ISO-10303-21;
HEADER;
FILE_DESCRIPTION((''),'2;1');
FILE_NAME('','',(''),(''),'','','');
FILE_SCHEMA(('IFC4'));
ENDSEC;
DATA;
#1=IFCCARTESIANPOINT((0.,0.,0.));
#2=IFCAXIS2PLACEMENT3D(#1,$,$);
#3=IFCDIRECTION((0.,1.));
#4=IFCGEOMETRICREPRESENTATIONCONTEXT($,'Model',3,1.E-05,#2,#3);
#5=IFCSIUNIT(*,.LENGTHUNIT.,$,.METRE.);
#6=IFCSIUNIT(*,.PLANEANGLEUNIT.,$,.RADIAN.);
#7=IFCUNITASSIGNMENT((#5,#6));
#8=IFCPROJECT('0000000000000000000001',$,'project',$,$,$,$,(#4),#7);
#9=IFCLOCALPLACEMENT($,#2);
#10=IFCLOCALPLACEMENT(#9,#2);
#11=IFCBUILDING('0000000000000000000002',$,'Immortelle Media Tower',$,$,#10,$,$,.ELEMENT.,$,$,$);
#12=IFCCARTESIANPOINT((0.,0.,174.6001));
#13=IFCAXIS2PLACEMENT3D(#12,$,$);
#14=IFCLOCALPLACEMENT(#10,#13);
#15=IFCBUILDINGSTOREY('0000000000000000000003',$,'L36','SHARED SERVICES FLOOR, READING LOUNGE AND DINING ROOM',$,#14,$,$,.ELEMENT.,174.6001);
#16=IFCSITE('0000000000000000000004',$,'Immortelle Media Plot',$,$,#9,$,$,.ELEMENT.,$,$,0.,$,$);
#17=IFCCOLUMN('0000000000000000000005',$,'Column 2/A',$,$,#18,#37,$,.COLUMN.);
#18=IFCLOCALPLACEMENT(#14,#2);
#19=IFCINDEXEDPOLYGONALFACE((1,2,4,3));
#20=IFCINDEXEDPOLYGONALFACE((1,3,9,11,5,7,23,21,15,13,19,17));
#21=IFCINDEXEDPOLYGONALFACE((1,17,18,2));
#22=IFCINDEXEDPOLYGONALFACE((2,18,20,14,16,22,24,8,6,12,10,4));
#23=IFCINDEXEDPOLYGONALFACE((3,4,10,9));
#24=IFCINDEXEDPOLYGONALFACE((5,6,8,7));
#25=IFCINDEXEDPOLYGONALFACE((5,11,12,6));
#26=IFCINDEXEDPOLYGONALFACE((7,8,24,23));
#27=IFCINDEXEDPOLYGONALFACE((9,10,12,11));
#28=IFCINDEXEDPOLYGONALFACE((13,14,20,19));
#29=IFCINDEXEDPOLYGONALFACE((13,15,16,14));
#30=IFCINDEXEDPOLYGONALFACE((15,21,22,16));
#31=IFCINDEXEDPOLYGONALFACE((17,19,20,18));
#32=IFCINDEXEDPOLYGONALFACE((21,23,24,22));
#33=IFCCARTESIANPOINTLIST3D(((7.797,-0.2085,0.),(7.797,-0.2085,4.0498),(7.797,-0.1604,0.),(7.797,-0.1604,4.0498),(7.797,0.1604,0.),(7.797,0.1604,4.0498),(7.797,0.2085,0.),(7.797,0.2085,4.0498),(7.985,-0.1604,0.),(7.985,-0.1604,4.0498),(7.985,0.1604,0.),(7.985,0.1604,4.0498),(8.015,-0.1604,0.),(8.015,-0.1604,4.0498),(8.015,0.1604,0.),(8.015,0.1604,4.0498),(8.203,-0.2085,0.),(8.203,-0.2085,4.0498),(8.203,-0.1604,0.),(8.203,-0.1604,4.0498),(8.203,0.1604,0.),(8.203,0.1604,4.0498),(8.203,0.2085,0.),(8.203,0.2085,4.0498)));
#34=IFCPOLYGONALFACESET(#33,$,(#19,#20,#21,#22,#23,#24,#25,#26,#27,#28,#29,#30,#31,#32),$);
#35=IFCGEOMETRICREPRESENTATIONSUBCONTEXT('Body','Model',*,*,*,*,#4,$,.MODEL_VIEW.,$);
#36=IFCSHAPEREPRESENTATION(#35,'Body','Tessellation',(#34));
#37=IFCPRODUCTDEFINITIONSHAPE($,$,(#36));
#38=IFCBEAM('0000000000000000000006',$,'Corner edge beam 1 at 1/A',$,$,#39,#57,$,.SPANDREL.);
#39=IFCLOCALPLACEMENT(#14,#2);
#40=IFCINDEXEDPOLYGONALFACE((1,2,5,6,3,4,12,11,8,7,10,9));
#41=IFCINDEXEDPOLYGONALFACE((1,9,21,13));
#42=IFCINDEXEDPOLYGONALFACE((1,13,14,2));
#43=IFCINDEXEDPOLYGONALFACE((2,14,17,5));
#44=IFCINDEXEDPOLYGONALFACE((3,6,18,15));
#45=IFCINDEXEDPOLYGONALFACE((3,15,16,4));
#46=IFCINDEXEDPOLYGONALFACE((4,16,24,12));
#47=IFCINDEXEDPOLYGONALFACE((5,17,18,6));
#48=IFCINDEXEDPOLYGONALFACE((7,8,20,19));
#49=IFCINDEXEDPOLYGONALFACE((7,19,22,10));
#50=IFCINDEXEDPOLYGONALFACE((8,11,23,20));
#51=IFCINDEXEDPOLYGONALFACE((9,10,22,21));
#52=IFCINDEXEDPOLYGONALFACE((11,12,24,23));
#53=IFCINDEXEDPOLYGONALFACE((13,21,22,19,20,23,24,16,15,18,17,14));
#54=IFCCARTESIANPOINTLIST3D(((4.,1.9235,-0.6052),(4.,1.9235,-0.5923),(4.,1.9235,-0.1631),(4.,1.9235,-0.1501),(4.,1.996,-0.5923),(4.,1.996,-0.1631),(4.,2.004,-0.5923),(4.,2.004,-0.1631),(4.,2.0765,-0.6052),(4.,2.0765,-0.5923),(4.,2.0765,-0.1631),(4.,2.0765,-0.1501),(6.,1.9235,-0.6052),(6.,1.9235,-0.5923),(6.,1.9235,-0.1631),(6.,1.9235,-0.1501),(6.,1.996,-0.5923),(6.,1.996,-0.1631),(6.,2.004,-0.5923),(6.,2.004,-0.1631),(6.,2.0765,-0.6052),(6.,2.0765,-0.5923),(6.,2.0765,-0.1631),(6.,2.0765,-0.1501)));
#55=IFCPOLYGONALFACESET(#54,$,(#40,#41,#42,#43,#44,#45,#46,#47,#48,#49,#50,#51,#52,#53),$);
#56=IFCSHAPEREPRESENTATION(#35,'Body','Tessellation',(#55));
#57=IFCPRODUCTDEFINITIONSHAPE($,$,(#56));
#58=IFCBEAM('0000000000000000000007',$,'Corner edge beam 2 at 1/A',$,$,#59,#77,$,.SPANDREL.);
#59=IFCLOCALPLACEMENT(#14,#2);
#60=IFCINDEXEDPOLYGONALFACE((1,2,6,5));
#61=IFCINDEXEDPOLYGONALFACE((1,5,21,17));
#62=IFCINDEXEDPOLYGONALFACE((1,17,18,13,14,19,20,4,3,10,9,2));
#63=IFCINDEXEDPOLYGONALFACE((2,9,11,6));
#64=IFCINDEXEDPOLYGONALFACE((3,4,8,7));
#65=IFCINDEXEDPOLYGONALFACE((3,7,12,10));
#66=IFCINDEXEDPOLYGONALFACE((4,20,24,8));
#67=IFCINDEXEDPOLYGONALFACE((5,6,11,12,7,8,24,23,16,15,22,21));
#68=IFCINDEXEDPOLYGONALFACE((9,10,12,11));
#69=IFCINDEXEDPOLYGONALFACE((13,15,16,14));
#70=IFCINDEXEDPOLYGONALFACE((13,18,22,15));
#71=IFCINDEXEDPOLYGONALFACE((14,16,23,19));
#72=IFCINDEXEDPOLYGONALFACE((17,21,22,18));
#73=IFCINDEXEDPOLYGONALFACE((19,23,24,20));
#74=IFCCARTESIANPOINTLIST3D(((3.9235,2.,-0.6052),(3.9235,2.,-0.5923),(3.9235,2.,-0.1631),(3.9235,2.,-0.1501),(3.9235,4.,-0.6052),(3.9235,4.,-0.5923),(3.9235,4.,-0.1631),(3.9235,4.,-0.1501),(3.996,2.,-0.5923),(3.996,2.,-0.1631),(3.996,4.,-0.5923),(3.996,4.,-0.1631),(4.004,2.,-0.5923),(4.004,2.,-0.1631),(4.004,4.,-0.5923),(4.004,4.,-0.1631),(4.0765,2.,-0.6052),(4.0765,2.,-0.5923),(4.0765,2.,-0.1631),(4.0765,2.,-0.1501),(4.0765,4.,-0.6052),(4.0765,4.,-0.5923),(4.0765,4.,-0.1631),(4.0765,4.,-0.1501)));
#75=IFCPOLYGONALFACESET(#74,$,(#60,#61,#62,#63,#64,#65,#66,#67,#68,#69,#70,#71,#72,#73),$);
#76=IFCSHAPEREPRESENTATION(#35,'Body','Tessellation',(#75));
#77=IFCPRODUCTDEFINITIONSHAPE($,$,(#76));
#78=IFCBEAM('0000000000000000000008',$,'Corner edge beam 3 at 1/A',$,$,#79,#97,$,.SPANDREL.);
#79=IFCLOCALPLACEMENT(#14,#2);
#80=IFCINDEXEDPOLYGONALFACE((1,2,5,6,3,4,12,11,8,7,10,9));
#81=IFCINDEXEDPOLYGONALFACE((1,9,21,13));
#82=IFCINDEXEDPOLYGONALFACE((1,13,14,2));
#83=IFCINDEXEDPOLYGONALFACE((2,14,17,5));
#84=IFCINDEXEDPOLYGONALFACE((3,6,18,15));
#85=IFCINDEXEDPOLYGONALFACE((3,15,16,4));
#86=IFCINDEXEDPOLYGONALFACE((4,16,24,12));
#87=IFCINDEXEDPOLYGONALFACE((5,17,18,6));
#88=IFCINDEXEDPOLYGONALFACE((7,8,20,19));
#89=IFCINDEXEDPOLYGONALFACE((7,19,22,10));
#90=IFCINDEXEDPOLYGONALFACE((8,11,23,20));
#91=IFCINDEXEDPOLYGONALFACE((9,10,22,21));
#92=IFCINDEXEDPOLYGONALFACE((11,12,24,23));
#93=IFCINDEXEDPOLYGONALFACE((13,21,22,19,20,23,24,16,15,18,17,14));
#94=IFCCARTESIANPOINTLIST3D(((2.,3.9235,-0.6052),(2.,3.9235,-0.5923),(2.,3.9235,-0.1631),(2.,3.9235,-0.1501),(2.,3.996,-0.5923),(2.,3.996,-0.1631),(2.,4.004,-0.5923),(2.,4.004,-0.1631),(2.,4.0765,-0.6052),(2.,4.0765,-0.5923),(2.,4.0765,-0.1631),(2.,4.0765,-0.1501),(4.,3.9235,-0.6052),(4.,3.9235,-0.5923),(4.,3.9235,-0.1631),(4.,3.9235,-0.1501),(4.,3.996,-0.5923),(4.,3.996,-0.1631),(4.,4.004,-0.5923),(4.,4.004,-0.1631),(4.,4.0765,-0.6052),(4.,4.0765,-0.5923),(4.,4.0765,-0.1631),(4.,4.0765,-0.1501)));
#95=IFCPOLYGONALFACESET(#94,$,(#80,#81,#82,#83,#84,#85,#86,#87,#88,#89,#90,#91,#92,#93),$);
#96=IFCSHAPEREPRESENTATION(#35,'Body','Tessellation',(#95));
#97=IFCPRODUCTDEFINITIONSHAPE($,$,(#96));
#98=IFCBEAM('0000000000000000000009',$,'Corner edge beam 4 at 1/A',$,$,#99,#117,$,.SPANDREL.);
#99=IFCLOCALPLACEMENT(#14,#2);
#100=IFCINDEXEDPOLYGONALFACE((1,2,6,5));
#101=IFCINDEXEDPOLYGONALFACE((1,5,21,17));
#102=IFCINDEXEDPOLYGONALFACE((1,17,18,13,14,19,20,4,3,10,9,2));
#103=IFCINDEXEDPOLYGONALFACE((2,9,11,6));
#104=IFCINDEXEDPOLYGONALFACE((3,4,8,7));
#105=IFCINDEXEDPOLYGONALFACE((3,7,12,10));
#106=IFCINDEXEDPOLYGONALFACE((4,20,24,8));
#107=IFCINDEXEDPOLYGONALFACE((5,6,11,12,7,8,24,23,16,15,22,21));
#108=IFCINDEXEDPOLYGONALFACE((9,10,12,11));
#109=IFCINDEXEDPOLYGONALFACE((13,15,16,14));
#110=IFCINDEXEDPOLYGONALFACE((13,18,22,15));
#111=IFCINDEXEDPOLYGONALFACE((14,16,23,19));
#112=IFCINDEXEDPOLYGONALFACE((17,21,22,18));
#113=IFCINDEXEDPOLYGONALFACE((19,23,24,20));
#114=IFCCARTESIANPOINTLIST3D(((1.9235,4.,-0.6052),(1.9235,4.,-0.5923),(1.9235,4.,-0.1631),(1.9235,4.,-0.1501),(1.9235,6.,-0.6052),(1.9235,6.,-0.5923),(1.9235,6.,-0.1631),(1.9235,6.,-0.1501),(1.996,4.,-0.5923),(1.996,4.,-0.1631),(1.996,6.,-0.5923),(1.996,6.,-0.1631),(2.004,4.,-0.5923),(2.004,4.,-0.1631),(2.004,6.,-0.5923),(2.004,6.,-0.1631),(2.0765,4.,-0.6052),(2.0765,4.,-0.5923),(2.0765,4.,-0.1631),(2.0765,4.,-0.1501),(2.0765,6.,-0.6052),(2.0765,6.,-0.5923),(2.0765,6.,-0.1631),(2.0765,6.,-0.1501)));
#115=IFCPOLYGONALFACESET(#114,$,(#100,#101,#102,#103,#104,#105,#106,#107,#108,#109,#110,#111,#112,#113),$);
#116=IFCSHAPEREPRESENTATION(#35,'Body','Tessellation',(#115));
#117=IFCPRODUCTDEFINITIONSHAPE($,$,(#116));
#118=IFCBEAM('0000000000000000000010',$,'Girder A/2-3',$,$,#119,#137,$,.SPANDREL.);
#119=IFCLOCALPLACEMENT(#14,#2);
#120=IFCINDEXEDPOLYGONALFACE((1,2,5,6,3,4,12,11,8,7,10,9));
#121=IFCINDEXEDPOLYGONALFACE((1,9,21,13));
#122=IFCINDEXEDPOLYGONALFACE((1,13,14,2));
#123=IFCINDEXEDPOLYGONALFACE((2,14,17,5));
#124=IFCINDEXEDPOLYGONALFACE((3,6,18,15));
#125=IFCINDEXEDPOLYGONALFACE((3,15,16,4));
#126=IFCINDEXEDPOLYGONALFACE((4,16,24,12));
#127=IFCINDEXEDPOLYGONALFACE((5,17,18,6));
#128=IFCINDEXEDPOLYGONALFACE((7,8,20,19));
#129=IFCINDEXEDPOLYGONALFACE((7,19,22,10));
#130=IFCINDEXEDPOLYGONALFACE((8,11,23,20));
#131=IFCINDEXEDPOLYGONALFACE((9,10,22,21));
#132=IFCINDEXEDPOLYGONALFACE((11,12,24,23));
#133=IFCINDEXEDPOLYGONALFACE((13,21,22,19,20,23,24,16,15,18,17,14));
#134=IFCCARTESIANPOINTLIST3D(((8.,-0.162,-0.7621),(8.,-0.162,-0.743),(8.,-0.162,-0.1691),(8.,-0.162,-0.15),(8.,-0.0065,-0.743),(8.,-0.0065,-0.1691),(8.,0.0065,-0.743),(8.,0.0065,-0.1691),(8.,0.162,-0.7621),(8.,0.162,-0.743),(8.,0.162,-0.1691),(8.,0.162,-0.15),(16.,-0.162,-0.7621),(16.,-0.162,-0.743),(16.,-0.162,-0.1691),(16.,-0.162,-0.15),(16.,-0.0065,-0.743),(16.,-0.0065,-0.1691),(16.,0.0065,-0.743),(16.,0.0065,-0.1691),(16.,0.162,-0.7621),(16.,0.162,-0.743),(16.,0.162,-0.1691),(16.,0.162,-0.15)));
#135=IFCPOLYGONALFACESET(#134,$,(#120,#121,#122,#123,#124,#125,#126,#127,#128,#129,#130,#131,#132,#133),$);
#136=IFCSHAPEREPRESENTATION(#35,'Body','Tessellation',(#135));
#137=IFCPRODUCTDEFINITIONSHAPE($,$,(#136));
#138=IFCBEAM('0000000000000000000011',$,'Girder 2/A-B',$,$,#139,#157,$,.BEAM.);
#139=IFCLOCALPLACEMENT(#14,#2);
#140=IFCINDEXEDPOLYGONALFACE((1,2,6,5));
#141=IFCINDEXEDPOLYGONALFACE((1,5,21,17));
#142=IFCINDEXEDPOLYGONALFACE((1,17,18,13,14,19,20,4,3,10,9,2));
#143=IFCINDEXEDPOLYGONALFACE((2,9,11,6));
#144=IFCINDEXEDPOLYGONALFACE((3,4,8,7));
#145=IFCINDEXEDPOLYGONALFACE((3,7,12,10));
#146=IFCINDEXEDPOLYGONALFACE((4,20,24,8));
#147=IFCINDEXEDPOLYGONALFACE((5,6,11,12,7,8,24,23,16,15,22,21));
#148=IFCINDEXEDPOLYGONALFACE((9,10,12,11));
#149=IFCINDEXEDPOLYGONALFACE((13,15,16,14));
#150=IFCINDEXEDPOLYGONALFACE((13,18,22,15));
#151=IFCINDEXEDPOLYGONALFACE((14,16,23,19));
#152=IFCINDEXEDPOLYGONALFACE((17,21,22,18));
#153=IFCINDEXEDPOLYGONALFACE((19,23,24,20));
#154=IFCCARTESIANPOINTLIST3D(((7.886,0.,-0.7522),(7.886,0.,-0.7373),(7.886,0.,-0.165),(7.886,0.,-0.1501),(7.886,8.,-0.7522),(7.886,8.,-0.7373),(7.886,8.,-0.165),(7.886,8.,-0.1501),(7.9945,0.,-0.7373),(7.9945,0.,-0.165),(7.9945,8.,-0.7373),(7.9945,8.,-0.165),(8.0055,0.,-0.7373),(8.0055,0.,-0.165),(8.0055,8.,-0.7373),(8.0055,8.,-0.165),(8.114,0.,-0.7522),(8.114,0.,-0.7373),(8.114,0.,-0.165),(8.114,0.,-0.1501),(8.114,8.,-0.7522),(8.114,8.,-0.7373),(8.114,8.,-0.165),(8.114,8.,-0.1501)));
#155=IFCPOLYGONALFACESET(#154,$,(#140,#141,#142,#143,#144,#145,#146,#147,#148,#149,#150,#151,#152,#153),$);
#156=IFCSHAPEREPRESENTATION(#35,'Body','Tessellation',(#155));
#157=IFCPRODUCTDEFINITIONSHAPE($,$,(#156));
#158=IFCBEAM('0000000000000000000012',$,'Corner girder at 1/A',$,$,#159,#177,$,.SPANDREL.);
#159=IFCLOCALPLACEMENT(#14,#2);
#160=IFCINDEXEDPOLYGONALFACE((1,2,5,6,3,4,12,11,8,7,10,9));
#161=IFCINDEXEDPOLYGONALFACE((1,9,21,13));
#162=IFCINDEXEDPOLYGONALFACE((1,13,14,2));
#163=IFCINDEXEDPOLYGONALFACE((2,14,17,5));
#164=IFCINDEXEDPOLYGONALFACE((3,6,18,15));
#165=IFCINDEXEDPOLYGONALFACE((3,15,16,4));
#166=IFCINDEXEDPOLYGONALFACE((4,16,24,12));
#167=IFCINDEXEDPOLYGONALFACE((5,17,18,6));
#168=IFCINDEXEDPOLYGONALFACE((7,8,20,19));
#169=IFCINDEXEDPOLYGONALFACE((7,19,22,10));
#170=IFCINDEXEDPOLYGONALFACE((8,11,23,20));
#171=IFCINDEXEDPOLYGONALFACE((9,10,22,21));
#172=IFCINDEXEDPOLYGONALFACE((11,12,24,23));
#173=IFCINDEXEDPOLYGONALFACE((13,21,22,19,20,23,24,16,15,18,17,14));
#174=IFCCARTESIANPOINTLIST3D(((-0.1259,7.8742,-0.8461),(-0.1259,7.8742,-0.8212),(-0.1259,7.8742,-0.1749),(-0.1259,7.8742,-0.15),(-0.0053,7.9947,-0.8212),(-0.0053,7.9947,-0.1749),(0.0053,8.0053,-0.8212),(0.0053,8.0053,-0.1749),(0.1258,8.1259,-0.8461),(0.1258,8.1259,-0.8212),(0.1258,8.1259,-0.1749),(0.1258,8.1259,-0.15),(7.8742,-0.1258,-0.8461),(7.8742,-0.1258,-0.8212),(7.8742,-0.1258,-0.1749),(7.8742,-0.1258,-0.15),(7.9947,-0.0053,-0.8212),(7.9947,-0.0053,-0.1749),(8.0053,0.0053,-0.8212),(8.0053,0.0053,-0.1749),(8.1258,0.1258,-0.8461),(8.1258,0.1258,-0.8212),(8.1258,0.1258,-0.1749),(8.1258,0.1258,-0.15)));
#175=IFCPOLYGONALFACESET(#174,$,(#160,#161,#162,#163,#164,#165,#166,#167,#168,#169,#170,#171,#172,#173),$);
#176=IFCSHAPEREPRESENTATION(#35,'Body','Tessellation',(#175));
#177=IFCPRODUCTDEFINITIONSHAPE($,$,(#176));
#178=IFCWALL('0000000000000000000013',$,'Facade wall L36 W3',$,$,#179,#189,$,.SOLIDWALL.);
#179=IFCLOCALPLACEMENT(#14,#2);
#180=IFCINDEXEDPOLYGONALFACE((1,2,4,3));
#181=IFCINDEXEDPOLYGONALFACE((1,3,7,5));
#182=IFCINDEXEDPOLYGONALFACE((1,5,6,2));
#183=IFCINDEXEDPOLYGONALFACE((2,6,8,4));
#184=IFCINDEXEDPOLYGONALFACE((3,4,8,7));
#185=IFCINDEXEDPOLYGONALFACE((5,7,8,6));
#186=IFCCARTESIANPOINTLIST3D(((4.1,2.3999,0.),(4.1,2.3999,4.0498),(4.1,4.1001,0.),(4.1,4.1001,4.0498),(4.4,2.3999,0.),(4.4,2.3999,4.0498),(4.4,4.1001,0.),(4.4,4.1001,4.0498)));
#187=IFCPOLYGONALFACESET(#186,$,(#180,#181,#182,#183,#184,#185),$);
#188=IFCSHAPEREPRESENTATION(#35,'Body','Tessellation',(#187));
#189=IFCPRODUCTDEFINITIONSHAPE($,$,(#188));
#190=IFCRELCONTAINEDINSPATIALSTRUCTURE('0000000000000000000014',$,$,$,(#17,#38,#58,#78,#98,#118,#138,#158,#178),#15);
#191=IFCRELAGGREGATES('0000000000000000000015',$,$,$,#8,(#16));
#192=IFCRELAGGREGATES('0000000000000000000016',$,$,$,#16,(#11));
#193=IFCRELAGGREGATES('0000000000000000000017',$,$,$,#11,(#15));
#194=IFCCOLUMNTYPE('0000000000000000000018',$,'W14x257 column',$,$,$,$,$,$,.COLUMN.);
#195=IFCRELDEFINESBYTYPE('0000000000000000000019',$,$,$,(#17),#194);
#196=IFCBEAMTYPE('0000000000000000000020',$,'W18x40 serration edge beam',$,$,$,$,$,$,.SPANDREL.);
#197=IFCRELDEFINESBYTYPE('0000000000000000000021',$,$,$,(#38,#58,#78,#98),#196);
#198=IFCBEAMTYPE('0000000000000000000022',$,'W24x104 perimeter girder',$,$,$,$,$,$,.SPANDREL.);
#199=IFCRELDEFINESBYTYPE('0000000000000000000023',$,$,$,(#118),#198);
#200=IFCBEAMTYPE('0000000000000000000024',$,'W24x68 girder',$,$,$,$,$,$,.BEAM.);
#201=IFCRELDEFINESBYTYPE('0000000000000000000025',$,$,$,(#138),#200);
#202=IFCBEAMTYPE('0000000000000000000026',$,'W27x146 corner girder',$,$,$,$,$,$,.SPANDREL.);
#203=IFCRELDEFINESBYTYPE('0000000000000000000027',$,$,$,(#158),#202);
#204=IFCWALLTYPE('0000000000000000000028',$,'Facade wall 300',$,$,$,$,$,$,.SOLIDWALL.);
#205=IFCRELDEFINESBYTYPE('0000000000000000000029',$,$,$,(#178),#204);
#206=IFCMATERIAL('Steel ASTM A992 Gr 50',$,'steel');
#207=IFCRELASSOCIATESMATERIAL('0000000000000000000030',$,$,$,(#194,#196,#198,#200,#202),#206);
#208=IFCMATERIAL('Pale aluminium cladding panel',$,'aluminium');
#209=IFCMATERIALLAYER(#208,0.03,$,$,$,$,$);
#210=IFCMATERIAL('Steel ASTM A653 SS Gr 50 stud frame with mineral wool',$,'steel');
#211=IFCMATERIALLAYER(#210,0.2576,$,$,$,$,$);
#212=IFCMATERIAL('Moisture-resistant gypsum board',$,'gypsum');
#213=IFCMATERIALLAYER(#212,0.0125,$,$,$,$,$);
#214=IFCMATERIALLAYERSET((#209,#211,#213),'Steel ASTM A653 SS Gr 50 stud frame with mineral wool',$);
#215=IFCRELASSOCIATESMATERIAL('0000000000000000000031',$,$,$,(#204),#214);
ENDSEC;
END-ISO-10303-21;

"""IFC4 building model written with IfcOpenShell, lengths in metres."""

from ifc_helpers import new_model, si_unit, direction, frame, frame_2d, origin, origin_2d, place, context, subcontext, project, spatial, rectangle, i_section, extrude, material, layer, layer_set, material_profile, profile_set, type_object, element, save


model = new_model("IFC4")

# Units and contexts
model_context = context("Model", 3, precision=1e-05, world=origin(), true_north=direction((0.0, 1.0)))
body_context = subcontext(model_context, "Body", "Model", "MODEL_VIEW")
ifc_project = project(units=[si_unit("LENGTHUNIT", "METRE"), si_unit("PLANEANGLEUNIT", "RADIAN")], contexts=[model_context])

# Site, building, storey
site_placement = place(None, origin())
site = spatial("IfcSite", under=ifc_project, at=site_placement, Name="Immortelle Media Plot", CompositionType="ELEMENT", RefElevation=0.0)
building_placement = place(site_placement, origin())
building = spatial("IfcBuilding", under=site, at=building_placement, Name="Immortelle Media Tower", CompositionType="ELEMENT")
storey_placement = place(building_placement, frame((0.0, 0.0, 174.6001)))
storey = spatial("IfcBuildingStorey", under=building, at=storey_placement, Name="L36", Description="SHARED SERVICES FLOOR, READING LOUNGE AND DINING ROOM", CompositionType="ELEMENT", Elevation=174.6001)

# Column
ifc_material_1 = material(Name="Steel ASTM A992 Gr 50", Category="steel")
ifc_material_profile_1 = material_profile(ifc_material_1, i_section(OverallWidth=0.406, OverallDepth=0.417, WebThickness=0.03, FlangeThickness=0.0481, at=origin_2d()), Name="W14x257")
ifc_profile_set_1 = profile_set([ifc_material_profile_1], Name="Steel ASTM A992 Gr 50")
column_type = type_object("IfcColumnType", Name="W14x257 column", PredefinedType="COLUMN", material=ifc_profile_set_1)
column_placement = place(storey_placement, frame((8.0, 0.0, 0.0), z_axis=(0.0, 0.0, 1.0), x_axis=(1.0, 0.0, 0.0)))
element("IfcColumn", 1, at=column_placement, inside=storey, type_object=column_type, Name="Column 2/A", PredefinedType="COLUMN", context=body_context, shape_type="SweptSolid", body=[
    extrude(i_section(OverallWidth=0.406, OverallDepth=0.417, WebThickness=0.03, FlangeThickness=0.0481, at=origin_2d()), origin(), (0.0, 0.0, 1.0), 4.0498),
])

# Beams
ifc_material_profile_2 = material_profile(ifc_material_1, i_section(OverallWidth=0.1531, OverallDepth=0.4551, WebThickness=0.0081, FlangeThickness=0.0129, at=origin_2d()), Name="W18x40")
ifc_profile_set_2 = profile_set([ifc_material_profile_2], Name="Steel ASTM A992 Gr 50")
beam_type_1 = type_object("IfcBeamType", Name="W18x40 serration edge beam", PredefinedType="SPANDREL", material=ifc_profile_set_2)
for number, where, z_axis, x_axis, name in (
    (2, (6.0, 2.0, -0.3777), (-1.0, 0.0, 0.0), (0.0, -1.0, 0.0), "Corner edge beam 1 at 1/A"),
    (3, (4.0, 2.0, -0.3777), (0.0, 1.0, 0.0), (-1.0, 0.0, 0.0), "Corner edge beam 2 at 1/A"),
    (4, (4.0, 4.0, -0.3777), (-1.0, 0.0, 0.0), (0.0, -1.0, 0.0), "Corner edge beam 3 at 1/A"),
    (5, (2.0, 4.0, -0.3777), (0.0, 1.0, 0.0), (-1.0, 0.0, 0.0), "Corner edge beam 4 at 1/A"),
):
    element("IfcBeam", number, at=place(storey_placement, frame(where, z_axis=z_axis, x_axis=x_axis)), inside=storey, type_object=beam_type_1, Name=name, PredefinedType="SPANDREL", context=body_context, shape_type="SweptSolid", body=[
        extrude(i_section(OverallWidth=0.1531, OverallDepth=0.4551, WebThickness=0.0081, FlangeThickness=0.0129, at=origin_2d()), origin(), (0.0, 0.0, 1.0), 2.0),
    ])
ifc_material_profile_3 = material_profile(ifc_material_1, i_section(OverallWidth=0.324, OverallDepth=0.6121, WebThickness=0.0129, FlangeThickness=0.019, at=origin_2d()), Name="W24x104")
ifc_profile_set_3 = profile_set([ifc_material_profile_3], Name="Steel ASTM A992 Gr 50")
beam_type_2 = type_object("IfcBeamType", Name="W24x104 perimeter girder", PredefinedType="SPANDREL", material=ifc_profile_set_3)
beam_1_placement = place(storey_placement, frame((8.0, 0.0, -0.4561), z_axis=(1.0, 0.0, 0.0), x_axis=(0.0, 1.0, 0.0)))
element("IfcBeam", 6, at=beam_1_placement, inside=storey, type_object=beam_type_2, Name="Girder A/2-3", PredefinedType="SPANDREL", context=body_context, shape_type="SweptSolid", body=[
    extrude(i_section(OverallWidth=0.324, OverallDepth=0.6121, WebThickness=0.0129, FlangeThickness=0.019, at=origin_2d()), origin(), (0.0, 0.0, 1.0), 8.0),
])
ifc_material_profile_4 = material_profile(ifc_material_1, i_section(OverallWidth=0.228, OverallDepth=0.6021, WebThickness=0.011, FlangeThickness=0.0149, at=origin_2d()), Name="W24x68")
ifc_profile_set_4 = profile_set([ifc_material_profile_4], Name="Steel ASTM A992 Gr 50")
beam_type_3 = type_object("IfcBeamType", Name="W24x68 girder", PredefinedType="BEAM", material=ifc_profile_set_4)
beam_2_placement = place(storey_placement, frame((8.0, 0.0, -0.4512), z_axis=(0.0, 1.0, 0.0), x_axis=(-1.0, 0.0, 0.0)))
element("IfcBeam", 7, at=beam_2_placement, inside=storey, type_object=beam_type_3, Name="Girder 2/A-B", PredefinedType="BEAM", context=body_context, shape_type="SweptSolid", body=[
    extrude(i_section(OverallWidth=0.228, OverallDepth=0.6021, WebThickness=0.011, FlangeThickness=0.0149, at=origin_2d()), origin(), (0.0, 0.0, 1.0), 8.0),
])
ifc_material_profile_5 = material_profile(ifc_material_1, i_section(OverallWidth=0.356, OverallDepth=0.696, WebThickness=0.0149, FlangeThickness=0.0249, at=origin_2d()), Name="W27x146")
ifc_profile_set_5 = profile_set([ifc_material_profile_5], Name="Steel ASTM A992 Gr 50")
beam_type_4 = type_object("IfcBeamType", Name="W27x146 corner girder", PredefinedType="SPANDREL", material=ifc_profile_set_5)
beam_3_placement = place(storey_placement, frame((8.0, 0.0, -0.498), z_axis=(-0.707107, 0.707107, 0.0), x_axis=(-0.707107, -0.707107, 0.0)))
element("IfcBeam", 8, at=beam_3_placement, inside=storey, type_object=beam_type_4, Name="Corner girder at 1/A", PredefinedType="SPANDREL", context=body_context, shape_type="SweptSolid", body=[
    extrude(i_section(OverallWidth=0.356, OverallDepth=0.696, WebThickness=0.0149, FlangeThickness=0.0249, at=origin_2d()), origin(), (0.0, 0.0, 1.0), 11.3137),
])

# Wall
ifc_material_2 = material(Name="Pale aluminium cladding panel", Category="aluminium")
ifc_layer_1 = layer(ifc_material_2, 0.03)
ifc_material_3 = material(Name="Steel ASTM A653 SS Gr 50 stud frame with mineral wool", Category="steel")
ifc_layer_2 = layer(ifc_material_3, 0.2576)
ifc_material_4 = material(Name="Moisture-resistant gypsum board", Category="gypsum")
ifc_layer_3 = layer(ifc_material_4, 0.0125)
ifc_layer_set_1 = layer_set([ifc_layer_1, ifc_layer_2, ifc_layer_3], Name="Steel ASTM A653 SS Gr 50 stud frame with mineral wool")
wall_type_1 = type_object("IfcWallType", Name="Facade wall 300", PredefinedType="SOLIDWALL", material=ifc_layer_set_1)
wall_1_placement = place(storey_placement, frame((4.25, 4.1001, 0.0), z_axis=(0.0, 0.0, 1.0), x_axis=(0.0, -1.0, 0.0)))
element("IfcWall", 9, at=wall_1_placement, inside=storey, type_object=wall_type_1, Name="Facade wall L36 W3", PredefinedType="SOLIDWALL", context=body_context, shape_type="SweptSolid", body=[
    extrude(rectangle(XDim=1.7002, YDim=0.3, at=frame_2d((0.8501, 0.0))), origin(), (0.0, 0.0, 1.0), 4.0498),
])

save(model, "model.ifc")
